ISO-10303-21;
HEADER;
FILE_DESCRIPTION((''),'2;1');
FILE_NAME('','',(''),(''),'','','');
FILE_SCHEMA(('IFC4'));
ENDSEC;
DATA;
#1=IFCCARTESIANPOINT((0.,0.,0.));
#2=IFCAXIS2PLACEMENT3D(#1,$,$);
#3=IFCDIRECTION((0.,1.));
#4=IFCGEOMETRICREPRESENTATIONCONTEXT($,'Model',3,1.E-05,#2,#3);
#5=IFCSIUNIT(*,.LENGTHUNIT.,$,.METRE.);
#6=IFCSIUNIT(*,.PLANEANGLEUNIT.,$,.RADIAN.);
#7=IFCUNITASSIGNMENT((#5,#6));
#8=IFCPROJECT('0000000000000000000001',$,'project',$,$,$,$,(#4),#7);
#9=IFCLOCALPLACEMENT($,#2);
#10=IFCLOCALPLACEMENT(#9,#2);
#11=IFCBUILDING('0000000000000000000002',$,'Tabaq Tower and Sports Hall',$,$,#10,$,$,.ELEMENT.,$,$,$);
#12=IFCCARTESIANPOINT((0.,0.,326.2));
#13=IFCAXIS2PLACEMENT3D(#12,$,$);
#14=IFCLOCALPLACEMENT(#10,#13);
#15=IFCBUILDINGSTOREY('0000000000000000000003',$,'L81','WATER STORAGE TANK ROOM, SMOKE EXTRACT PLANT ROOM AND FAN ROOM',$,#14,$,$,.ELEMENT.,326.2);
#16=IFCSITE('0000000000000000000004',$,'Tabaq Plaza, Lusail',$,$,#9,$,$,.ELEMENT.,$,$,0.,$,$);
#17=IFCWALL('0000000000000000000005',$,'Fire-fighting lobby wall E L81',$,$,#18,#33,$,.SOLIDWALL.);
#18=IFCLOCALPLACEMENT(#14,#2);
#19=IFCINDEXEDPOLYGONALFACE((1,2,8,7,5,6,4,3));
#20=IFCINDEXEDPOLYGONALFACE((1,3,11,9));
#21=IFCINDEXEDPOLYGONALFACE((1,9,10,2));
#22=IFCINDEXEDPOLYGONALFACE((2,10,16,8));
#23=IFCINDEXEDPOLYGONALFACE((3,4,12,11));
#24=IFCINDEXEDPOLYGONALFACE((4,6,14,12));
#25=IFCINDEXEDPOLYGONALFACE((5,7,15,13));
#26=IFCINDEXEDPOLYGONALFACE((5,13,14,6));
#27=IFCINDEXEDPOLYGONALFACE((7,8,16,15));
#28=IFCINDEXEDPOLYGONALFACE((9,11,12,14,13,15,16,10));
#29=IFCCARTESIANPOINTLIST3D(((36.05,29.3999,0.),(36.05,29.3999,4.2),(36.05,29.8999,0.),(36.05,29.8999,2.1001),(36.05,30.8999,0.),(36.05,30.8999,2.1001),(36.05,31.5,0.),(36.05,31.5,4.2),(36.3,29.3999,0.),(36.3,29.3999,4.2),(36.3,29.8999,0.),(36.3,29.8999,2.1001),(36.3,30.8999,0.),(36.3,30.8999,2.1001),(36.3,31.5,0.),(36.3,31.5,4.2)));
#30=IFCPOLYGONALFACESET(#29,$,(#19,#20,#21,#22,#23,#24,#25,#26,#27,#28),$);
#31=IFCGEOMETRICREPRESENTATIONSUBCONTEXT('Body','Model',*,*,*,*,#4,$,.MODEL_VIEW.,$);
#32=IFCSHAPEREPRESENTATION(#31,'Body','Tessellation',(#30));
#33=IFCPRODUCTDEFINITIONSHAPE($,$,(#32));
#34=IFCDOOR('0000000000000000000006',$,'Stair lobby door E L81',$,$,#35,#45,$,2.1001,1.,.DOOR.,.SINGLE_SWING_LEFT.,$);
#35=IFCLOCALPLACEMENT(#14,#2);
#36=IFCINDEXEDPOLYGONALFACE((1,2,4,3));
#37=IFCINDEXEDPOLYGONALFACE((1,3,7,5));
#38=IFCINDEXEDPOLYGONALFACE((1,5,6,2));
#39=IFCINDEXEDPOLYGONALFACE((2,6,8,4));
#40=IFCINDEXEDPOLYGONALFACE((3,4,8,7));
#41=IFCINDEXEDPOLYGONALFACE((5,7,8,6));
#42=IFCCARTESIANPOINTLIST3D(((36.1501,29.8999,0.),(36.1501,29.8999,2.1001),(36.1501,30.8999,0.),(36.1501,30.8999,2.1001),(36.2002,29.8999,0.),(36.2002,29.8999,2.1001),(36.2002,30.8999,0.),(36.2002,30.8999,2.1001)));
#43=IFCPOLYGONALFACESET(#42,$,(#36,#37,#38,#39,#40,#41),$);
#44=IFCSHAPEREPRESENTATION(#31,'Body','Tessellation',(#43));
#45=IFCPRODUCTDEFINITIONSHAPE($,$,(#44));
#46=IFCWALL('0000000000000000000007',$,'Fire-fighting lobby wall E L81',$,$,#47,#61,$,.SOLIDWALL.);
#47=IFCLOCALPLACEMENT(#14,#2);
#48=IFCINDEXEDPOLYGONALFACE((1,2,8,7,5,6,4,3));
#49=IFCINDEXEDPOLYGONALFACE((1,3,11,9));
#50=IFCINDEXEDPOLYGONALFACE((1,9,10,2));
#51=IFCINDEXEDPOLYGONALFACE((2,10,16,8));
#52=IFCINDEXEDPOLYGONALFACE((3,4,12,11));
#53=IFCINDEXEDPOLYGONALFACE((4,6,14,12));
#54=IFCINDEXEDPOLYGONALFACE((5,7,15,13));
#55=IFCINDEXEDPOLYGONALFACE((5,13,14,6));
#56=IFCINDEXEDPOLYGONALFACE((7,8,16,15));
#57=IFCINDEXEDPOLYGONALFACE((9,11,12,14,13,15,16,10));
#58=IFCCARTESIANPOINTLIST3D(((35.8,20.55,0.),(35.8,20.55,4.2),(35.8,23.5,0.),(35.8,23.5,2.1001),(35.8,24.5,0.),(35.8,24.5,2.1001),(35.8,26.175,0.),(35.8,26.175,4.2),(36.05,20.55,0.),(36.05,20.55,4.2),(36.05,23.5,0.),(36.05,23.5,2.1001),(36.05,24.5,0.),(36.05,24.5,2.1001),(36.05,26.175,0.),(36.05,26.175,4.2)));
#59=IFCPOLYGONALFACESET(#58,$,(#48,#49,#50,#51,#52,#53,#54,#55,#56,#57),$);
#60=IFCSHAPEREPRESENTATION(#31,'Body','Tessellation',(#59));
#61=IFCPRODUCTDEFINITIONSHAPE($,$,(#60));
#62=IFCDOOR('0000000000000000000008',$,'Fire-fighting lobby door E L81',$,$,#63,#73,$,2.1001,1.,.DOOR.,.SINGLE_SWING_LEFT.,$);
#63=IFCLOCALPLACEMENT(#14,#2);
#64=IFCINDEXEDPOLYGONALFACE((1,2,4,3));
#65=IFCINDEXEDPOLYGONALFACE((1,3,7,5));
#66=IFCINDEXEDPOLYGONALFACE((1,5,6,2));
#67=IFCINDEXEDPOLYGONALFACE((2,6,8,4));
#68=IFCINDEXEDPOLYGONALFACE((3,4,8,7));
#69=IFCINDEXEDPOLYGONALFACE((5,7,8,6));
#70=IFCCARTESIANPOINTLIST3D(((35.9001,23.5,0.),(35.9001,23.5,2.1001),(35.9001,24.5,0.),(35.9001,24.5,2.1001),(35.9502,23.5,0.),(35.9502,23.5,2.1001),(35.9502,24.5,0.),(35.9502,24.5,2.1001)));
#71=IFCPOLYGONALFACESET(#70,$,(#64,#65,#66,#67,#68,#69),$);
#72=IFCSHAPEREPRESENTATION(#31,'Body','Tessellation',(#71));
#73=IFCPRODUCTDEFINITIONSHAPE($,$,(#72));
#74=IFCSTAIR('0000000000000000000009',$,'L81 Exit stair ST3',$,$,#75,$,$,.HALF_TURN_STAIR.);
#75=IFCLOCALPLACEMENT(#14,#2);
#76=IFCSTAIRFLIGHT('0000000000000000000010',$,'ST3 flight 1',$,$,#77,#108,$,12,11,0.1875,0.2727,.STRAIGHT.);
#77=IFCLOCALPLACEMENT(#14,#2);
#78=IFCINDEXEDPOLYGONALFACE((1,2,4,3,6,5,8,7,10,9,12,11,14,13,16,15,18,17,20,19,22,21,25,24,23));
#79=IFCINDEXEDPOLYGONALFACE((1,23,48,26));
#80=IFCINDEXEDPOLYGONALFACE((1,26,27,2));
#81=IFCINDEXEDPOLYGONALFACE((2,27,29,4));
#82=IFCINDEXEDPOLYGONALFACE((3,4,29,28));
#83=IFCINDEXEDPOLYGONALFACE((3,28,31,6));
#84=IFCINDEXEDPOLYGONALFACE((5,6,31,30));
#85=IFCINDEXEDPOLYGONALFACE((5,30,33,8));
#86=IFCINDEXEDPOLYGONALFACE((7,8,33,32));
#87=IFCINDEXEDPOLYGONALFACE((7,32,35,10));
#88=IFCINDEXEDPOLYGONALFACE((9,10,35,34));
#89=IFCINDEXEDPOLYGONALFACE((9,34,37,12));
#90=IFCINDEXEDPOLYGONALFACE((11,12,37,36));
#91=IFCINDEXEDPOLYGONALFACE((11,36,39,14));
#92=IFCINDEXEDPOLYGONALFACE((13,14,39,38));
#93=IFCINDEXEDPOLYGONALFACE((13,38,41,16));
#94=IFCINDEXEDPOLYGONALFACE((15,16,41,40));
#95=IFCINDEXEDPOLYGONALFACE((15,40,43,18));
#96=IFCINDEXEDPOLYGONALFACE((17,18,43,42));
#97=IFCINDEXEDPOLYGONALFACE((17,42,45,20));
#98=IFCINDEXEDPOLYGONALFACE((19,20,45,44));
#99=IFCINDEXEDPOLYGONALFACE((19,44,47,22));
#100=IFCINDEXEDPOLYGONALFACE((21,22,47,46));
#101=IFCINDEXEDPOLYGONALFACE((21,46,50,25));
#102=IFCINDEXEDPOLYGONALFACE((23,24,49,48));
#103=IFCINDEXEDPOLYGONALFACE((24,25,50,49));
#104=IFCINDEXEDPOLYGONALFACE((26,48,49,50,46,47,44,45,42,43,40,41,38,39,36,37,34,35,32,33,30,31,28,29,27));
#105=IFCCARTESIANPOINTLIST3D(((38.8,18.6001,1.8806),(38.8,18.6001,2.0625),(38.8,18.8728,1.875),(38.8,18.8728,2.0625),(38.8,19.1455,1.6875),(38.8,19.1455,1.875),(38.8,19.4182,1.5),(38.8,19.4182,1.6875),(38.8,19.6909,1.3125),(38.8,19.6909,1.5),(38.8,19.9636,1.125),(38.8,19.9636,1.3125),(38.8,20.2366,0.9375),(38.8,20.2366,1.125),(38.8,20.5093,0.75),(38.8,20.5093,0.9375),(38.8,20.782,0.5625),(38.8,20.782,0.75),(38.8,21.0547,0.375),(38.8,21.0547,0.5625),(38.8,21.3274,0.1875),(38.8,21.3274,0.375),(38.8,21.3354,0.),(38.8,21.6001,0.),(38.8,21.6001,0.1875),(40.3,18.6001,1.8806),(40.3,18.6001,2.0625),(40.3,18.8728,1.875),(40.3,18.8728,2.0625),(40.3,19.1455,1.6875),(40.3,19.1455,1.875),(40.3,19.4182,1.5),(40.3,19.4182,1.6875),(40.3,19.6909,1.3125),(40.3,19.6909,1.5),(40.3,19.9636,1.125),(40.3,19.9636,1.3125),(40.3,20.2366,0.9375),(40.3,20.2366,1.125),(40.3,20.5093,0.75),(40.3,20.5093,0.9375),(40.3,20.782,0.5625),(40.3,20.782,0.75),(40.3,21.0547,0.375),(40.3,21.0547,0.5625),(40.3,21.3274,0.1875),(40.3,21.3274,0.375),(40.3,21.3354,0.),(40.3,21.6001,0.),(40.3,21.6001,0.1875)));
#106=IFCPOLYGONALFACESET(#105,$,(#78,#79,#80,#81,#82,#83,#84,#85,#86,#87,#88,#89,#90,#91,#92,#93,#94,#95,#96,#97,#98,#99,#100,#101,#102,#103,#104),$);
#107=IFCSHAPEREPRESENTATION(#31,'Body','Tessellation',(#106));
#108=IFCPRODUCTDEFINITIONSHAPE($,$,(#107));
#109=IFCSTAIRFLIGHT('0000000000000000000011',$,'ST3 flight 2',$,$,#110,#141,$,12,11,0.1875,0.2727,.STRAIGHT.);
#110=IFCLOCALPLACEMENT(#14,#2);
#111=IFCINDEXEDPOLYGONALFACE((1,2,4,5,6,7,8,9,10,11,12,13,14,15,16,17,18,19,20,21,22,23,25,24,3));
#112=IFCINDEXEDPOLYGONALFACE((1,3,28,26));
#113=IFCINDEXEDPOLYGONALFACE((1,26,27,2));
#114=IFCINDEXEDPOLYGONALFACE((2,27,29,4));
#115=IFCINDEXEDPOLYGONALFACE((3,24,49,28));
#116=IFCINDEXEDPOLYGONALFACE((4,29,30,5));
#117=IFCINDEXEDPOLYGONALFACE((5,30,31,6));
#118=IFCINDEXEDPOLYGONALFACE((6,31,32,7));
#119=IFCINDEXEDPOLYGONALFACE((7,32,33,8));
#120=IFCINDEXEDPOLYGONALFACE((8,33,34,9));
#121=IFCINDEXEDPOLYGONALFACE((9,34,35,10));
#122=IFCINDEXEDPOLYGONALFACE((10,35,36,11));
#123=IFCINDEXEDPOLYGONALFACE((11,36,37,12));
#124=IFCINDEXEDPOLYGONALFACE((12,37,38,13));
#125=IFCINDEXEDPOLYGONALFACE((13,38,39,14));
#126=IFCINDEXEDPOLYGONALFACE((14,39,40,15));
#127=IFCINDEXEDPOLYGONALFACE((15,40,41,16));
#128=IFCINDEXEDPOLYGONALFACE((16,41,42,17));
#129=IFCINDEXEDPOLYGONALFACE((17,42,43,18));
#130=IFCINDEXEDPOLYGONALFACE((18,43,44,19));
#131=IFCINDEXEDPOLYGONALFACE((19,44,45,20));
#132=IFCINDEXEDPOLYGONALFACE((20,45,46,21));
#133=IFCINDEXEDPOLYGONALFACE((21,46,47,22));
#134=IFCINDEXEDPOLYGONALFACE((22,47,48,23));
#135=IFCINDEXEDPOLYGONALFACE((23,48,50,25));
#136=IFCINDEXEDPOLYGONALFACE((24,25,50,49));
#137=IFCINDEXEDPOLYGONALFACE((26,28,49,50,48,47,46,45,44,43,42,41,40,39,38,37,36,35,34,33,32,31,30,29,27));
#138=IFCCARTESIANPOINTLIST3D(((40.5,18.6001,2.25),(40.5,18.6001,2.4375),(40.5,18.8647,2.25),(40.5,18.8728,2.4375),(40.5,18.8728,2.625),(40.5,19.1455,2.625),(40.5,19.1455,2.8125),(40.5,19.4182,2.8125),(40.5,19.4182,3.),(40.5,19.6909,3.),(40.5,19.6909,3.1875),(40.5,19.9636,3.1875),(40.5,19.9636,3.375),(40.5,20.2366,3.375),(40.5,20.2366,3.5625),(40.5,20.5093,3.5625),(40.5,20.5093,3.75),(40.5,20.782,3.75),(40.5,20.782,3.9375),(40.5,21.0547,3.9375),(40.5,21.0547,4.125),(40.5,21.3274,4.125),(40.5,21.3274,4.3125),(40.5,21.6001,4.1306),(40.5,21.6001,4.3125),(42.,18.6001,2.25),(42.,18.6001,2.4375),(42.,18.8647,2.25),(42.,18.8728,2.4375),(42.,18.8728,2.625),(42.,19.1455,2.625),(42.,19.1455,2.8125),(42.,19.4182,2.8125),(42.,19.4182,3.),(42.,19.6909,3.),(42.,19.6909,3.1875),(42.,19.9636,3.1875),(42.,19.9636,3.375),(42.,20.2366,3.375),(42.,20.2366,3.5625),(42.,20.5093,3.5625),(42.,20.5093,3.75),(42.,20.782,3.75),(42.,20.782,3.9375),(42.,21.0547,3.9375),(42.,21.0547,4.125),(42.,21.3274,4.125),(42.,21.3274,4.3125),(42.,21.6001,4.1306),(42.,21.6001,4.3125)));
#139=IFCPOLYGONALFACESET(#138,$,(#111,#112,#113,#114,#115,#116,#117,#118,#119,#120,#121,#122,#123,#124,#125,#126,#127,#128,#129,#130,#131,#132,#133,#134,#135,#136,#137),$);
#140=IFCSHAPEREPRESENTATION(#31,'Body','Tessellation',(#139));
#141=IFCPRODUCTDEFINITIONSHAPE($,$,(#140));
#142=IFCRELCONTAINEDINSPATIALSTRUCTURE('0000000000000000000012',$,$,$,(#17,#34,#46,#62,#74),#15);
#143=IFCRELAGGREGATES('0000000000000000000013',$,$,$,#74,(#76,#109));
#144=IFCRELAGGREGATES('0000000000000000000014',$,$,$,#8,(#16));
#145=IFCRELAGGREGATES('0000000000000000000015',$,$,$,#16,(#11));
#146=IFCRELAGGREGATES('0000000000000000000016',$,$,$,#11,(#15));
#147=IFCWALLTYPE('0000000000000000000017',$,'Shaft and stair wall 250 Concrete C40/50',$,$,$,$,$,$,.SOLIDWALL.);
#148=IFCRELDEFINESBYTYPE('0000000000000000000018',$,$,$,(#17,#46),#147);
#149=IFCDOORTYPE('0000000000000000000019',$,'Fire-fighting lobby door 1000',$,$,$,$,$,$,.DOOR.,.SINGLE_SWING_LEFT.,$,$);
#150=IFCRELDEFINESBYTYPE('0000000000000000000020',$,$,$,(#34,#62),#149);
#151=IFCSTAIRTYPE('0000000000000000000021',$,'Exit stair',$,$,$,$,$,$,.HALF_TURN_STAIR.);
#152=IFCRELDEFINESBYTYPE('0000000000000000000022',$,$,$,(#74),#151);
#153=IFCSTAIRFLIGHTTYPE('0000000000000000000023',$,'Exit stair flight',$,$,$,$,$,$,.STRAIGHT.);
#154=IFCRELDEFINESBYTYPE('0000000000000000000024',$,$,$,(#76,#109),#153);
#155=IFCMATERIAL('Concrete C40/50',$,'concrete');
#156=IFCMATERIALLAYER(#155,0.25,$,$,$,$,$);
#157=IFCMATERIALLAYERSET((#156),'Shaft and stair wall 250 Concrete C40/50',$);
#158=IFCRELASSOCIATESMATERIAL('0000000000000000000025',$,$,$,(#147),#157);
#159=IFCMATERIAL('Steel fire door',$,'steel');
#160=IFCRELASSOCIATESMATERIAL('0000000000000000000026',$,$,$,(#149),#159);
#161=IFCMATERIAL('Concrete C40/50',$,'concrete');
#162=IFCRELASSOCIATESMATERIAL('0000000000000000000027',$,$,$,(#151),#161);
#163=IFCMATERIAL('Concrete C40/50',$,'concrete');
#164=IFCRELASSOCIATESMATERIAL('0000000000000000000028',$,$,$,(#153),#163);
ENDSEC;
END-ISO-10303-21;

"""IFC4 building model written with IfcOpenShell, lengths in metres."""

from ifc_helpers import new_model, si_unit, direction, frame, frame_2d, origin, place, context, subcontext, project, spatial, polyline, rectangle, outline, extrude, material, layer, layer_set, type_object, element, fill, aggregate, save


model = new_model("IFC4")

# Units and contexts
model_context = context("Model", 3, precision=1e-05, world=origin(), true_north=direction((0.0, 1.0)))
body_context = subcontext(model_context, "Body", "Model", "MODEL_VIEW")
ifc_project = project(units=[si_unit("LENGTHUNIT", "METRE"), si_unit("PLANEANGLEUNIT", "RADIAN")], contexts=[model_context])

# Site, building, storey
site_placement = place(None, origin())
site = spatial("IfcSite", under=ifc_project, at=site_placement, Name="Tabaq Plaza, Lusail", CompositionType="ELEMENT", RefElevation=0.0)
building_placement = place(site_placement, origin())
building = spatial("IfcBuilding", under=site, at=building_placement, Name="Tabaq Tower and Sports Hall", CompositionType="ELEMENT")
storey_placement = place(building_placement, frame((0.0, 0.0, 326.2)))
storey = spatial("IfcBuildingStorey", under=building, at=storey_placement, Name="L81", Description="WATER STORAGE TANK ROOM, SMOKE EXTRACT PLANT ROOM AND FAN ROOM", CompositionType="ELEMENT", Elevation=326.2)

# Shared definitions
ifc_material_1 = material(Name="Concrete C40/50", Category="concrete")
ifc_layer_1 = layer(ifc_material_1, 0.25)
ifc_layer_set_1 = layer_set([ifc_layer_1], Name="Shaft and stair wall 250 Concrete C40/50")
wall_type_1 = type_object("IfcWallType", Name="Shaft and stair wall 250 Concrete C40/50", PredefinedType="SOLIDWALL", material=ifc_layer_set_1)

# Walls, openings, doors
wall_1_placement = place(storey_placement, frame((36.175, 29.3999, 0.0), z_axis=(0.0, 0.0, 1.0), x_axis=(0.0, 1.0, 0.0)))
wall_1 = element("IfcWall", 1, at=wall_1_placement, inside=storey, type_object=wall_type_1, Name="Fire-fighting lobby wall E L81", PredefinedType="SOLIDWALL", context=body_context, shape_type="SweptSolid", body=[
    extrude(rectangle(XDim=2.1001, YDim=0.25, at=frame_2d((1.05, 0.0))), origin(), (0.0, 0.0, 1.0), 4.2),
])
opening_1_placement = place(wall_1_placement, frame((0.5, 0.0, 0.0)))
opening_1 = element("IfcOpeningElement", 2, at=opening_1_placement, cuts=wall_1, PredefinedType="OPENING", context=body_context, shape_type="SweptSolid", body=[
    extrude(rectangle(XDim=1.0, YDim=2.1001, at=frame_2d((0.5, 1.05))), frame((0.0, 0.125, 0.0), z_axis=(0.0, -1.0, 0.0), x_axis=(1.0, 0.0, 0.0)), (0.0, 0.0, 1.0), 0.25),
])
ifc_material_2 = material(Name="Steel fire door", Category="steel")
door_type_1 = type_object("IfcDoorType", Name="Fire-fighting lobby door 1000", OperationType="SINGLE_SWING_LEFT", PredefinedType="DOOR", material=ifc_material_2)
door_1_placement = place(opening_1_placement, origin())
door_1 = element("IfcDoor", 3, at=door_1_placement, inside=storey, type_object=door_type_1, Name="Stair lobby door E L81", OperationType="SINGLE_SWING_LEFT", OverallHeight=2.1001, OverallWidth=1.0, PredefinedType="DOOR", context=body_context, shape_type="SweptSolid", body=[
    extrude(rectangle(XDim=1.0, YDim=2.1001, at=frame_2d((0.5, 1.05))), frame((0.0, 0.0249, 0.0), z_axis=(0.0, -1.0, 0.0), x_axis=(1.0, 0.0, 0.0)), (0.0, 0.0, 1.0), 0.05),
])
fill(opening_1, door_1)
wall_2_placement = place(storey_placement, frame((35.925, 20.55, 0.0), z_axis=(0.0, 0.0, 1.0), x_axis=(0.0, 1.0, 0.0)))
wall_2 = element("IfcWall", 4, at=wall_2_placement, inside=storey, type_object=wall_type_1, Name="Fire-fighting lobby wall E L81", PredefinedType="SOLIDWALL", context=body_context, shape_type="SweptSolid", body=[
    extrude(rectangle(XDim=5.625, YDim=0.25, at=frame_2d((2.8125, 0.0))), origin(), (0.0, 0.0, 1.0), 4.2),
])
opening_2_placement = place(wall_2_placement, frame((2.95, 0.0, 0.0)))
opening_2 = element("IfcOpeningElement", 5, at=opening_2_placement, cuts=wall_2, PredefinedType="OPENING", context=body_context, shape_type="SweptSolid", body=[
    extrude(rectangle(XDim=1.0, YDim=2.1001, at=frame_2d((0.5, 1.05))), frame((0.0, 0.125, 0.0), z_axis=(0.0, -1.0, 0.0), x_axis=(1.0, 0.0, 0.0)), (0.0, 0.0, 1.0), 0.25),
])
door_2_placement = place(opening_2_placement, origin())
door_2 = element("IfcDoor", 6, at=door_2_placement, inside=storey, type_object=door_type_1, Name="Fire-fighting lobby door E L81", OperationType="SINGLE_SWING_LEFT", OverallHeight=2.1001, OverallWidth=1.0, PredefinedType="DOOR", context=body_context, shape_type="SweptSolid", body=[
    extrude(rectangle(XDim=1.0, YDim=2.1001, at=frame_2d((0.5, 1.05))), frame((0.0, 0.0249, 0.0), z_axis=(0.0, -1.0, 0.0), x_axis=(1.0, 0.0, 0.0)), (0.0, 0.0, 1.0), 0.05),
])
fill(opening_2, door_2)

# Stair, stair flights
ifc_material_3 = material(Name="Concrete C40/50", Category="concrete")
stair_type = type_object("IfcStairType", Name="Exit stair", PredefinedType="HALF_TURN_STAIR", material=ifc_material_3)
stair_placement = place(storey_placement, origin())
stair = element("IfcStair", 7, at=stair_placement, inside=storey, type_object=stair_type, Name="L81 Exit stair ST3", PredefinedType="HALF_TURN_STAIR")
ifc_material_4 = material(Name="Concrete C40/50", Category="concrete")
stair_flight_type = type_object("IfcStairFlightType", Name="Exit stair flight", PredefinedType="STRAIGHT", material=ifc_material_4)
stair_flight_1_placement = place(storey_placement, frame((39.55, 21.6001, 0.0), z_axis=(0.0, 0.0, 1.0), x_axis=(0.0, -1.0, 0.0)))
stair_flight_1 = element("IfcStairFlight", 8, at=stair_flight_1_placement, type_object=stair_flight_type, Name="ST3 flight 1", NumberOfRisers=12, NumberOfTreads=11, PredefinedType="STRAIGHT", RiserHeight=0.1875, TreadLength=0.2727, context=body_context, shape_type="SweptSolid", body=[
    extrude(outline(polyline([(0.0, 0.0), (0.0, 0.1875), (0.2727, 0.1875), (0.2727, 0.375), (0.5454, 0.375), (0.5454, 0.5625), (0.8181, 0.5625), (0.8181, 0.75), (1.0908, 0.75), (1.0908, 0.9375), (1.3635, 0.9375), (1.3635, 1.125), (1.6365, 1.125), (1.6365, 1.3125), (1.9092, 1.3125), (1.9092, 1.5), (2.1819, 1.5), (2.1819, 1.6875), (2.4546, 1.6875), (2.4546, 1.875), (2.7273, 1.875), (2.7273, 2.0625), (3.0, 2.0625), (3.0, 2.25), (3.0, 1.8806), (0.2646, 0.0), (0.0, 0.0)])), frame((0.0, 0.75, 0.0), z_axis=(0.0, -1.0, 0.0), x_axis=(1.0, 0.0, 0.0)), (0.0, 0.0, 1.0), 1.5),
])
stair_flight_2_placement = place(storey_placement, frame((41.25, 18.6001, 2.25), z_axis=(0.0, 0.0, 1.0), x_axis=(0.0, 1.0, 0.0)))
stair_flight_2 = element("IfcStairFlight", 9, at=stair_flight_2_placement, type_object=stair_flight_type, Name="ST3 flight 2", NumberOfRisers=12, NumberOfTreads=11, PredefinedType="STRAIGHT", RiserHeight=0.1875, TreadLength=0.2727, context=body_context, shape_type="SweptSolid", body=[
    extrude(outline(polyline([(0.0, 0.0), (0.0, 0.1875), (0.2727, 0.1875), (0.2727, 0.375), (0.5454, 0.375), (0.5454, 0.5625), (0.8181, 0.5625), (0.8181, 0.75), (1.0908, 0.75), (1.0908, 0.9375), (1.3635, 0.9375), (1.3635, 1.125), (1.6365, 1.125), (1.6365, 1.3125), (1.9092, 1.3125), (1.9092, 1.5), (2.1819, 1.5), (2.1819, 1.6875), (2.4546, 1.6875), (2.4546, 1.875), (2.7273, 1.875), (2.7273, 2.0625), (3.0, 2.0625), (3.0, 2.25), (3.0, 1.8806), (0.2646, 0.0), (0.0, 0.0)])), frame((0.0, 0.75, 0.0), z_axis=(0.0, -1.0, 0.0), x_axis=(1.0, 0.0, 0.0)), (0.0, 0.0, 1.0), 1.5),
])
aggregate(stair, [stair_flight_1, stair_flight_2])

save(model, "model.ifc")
